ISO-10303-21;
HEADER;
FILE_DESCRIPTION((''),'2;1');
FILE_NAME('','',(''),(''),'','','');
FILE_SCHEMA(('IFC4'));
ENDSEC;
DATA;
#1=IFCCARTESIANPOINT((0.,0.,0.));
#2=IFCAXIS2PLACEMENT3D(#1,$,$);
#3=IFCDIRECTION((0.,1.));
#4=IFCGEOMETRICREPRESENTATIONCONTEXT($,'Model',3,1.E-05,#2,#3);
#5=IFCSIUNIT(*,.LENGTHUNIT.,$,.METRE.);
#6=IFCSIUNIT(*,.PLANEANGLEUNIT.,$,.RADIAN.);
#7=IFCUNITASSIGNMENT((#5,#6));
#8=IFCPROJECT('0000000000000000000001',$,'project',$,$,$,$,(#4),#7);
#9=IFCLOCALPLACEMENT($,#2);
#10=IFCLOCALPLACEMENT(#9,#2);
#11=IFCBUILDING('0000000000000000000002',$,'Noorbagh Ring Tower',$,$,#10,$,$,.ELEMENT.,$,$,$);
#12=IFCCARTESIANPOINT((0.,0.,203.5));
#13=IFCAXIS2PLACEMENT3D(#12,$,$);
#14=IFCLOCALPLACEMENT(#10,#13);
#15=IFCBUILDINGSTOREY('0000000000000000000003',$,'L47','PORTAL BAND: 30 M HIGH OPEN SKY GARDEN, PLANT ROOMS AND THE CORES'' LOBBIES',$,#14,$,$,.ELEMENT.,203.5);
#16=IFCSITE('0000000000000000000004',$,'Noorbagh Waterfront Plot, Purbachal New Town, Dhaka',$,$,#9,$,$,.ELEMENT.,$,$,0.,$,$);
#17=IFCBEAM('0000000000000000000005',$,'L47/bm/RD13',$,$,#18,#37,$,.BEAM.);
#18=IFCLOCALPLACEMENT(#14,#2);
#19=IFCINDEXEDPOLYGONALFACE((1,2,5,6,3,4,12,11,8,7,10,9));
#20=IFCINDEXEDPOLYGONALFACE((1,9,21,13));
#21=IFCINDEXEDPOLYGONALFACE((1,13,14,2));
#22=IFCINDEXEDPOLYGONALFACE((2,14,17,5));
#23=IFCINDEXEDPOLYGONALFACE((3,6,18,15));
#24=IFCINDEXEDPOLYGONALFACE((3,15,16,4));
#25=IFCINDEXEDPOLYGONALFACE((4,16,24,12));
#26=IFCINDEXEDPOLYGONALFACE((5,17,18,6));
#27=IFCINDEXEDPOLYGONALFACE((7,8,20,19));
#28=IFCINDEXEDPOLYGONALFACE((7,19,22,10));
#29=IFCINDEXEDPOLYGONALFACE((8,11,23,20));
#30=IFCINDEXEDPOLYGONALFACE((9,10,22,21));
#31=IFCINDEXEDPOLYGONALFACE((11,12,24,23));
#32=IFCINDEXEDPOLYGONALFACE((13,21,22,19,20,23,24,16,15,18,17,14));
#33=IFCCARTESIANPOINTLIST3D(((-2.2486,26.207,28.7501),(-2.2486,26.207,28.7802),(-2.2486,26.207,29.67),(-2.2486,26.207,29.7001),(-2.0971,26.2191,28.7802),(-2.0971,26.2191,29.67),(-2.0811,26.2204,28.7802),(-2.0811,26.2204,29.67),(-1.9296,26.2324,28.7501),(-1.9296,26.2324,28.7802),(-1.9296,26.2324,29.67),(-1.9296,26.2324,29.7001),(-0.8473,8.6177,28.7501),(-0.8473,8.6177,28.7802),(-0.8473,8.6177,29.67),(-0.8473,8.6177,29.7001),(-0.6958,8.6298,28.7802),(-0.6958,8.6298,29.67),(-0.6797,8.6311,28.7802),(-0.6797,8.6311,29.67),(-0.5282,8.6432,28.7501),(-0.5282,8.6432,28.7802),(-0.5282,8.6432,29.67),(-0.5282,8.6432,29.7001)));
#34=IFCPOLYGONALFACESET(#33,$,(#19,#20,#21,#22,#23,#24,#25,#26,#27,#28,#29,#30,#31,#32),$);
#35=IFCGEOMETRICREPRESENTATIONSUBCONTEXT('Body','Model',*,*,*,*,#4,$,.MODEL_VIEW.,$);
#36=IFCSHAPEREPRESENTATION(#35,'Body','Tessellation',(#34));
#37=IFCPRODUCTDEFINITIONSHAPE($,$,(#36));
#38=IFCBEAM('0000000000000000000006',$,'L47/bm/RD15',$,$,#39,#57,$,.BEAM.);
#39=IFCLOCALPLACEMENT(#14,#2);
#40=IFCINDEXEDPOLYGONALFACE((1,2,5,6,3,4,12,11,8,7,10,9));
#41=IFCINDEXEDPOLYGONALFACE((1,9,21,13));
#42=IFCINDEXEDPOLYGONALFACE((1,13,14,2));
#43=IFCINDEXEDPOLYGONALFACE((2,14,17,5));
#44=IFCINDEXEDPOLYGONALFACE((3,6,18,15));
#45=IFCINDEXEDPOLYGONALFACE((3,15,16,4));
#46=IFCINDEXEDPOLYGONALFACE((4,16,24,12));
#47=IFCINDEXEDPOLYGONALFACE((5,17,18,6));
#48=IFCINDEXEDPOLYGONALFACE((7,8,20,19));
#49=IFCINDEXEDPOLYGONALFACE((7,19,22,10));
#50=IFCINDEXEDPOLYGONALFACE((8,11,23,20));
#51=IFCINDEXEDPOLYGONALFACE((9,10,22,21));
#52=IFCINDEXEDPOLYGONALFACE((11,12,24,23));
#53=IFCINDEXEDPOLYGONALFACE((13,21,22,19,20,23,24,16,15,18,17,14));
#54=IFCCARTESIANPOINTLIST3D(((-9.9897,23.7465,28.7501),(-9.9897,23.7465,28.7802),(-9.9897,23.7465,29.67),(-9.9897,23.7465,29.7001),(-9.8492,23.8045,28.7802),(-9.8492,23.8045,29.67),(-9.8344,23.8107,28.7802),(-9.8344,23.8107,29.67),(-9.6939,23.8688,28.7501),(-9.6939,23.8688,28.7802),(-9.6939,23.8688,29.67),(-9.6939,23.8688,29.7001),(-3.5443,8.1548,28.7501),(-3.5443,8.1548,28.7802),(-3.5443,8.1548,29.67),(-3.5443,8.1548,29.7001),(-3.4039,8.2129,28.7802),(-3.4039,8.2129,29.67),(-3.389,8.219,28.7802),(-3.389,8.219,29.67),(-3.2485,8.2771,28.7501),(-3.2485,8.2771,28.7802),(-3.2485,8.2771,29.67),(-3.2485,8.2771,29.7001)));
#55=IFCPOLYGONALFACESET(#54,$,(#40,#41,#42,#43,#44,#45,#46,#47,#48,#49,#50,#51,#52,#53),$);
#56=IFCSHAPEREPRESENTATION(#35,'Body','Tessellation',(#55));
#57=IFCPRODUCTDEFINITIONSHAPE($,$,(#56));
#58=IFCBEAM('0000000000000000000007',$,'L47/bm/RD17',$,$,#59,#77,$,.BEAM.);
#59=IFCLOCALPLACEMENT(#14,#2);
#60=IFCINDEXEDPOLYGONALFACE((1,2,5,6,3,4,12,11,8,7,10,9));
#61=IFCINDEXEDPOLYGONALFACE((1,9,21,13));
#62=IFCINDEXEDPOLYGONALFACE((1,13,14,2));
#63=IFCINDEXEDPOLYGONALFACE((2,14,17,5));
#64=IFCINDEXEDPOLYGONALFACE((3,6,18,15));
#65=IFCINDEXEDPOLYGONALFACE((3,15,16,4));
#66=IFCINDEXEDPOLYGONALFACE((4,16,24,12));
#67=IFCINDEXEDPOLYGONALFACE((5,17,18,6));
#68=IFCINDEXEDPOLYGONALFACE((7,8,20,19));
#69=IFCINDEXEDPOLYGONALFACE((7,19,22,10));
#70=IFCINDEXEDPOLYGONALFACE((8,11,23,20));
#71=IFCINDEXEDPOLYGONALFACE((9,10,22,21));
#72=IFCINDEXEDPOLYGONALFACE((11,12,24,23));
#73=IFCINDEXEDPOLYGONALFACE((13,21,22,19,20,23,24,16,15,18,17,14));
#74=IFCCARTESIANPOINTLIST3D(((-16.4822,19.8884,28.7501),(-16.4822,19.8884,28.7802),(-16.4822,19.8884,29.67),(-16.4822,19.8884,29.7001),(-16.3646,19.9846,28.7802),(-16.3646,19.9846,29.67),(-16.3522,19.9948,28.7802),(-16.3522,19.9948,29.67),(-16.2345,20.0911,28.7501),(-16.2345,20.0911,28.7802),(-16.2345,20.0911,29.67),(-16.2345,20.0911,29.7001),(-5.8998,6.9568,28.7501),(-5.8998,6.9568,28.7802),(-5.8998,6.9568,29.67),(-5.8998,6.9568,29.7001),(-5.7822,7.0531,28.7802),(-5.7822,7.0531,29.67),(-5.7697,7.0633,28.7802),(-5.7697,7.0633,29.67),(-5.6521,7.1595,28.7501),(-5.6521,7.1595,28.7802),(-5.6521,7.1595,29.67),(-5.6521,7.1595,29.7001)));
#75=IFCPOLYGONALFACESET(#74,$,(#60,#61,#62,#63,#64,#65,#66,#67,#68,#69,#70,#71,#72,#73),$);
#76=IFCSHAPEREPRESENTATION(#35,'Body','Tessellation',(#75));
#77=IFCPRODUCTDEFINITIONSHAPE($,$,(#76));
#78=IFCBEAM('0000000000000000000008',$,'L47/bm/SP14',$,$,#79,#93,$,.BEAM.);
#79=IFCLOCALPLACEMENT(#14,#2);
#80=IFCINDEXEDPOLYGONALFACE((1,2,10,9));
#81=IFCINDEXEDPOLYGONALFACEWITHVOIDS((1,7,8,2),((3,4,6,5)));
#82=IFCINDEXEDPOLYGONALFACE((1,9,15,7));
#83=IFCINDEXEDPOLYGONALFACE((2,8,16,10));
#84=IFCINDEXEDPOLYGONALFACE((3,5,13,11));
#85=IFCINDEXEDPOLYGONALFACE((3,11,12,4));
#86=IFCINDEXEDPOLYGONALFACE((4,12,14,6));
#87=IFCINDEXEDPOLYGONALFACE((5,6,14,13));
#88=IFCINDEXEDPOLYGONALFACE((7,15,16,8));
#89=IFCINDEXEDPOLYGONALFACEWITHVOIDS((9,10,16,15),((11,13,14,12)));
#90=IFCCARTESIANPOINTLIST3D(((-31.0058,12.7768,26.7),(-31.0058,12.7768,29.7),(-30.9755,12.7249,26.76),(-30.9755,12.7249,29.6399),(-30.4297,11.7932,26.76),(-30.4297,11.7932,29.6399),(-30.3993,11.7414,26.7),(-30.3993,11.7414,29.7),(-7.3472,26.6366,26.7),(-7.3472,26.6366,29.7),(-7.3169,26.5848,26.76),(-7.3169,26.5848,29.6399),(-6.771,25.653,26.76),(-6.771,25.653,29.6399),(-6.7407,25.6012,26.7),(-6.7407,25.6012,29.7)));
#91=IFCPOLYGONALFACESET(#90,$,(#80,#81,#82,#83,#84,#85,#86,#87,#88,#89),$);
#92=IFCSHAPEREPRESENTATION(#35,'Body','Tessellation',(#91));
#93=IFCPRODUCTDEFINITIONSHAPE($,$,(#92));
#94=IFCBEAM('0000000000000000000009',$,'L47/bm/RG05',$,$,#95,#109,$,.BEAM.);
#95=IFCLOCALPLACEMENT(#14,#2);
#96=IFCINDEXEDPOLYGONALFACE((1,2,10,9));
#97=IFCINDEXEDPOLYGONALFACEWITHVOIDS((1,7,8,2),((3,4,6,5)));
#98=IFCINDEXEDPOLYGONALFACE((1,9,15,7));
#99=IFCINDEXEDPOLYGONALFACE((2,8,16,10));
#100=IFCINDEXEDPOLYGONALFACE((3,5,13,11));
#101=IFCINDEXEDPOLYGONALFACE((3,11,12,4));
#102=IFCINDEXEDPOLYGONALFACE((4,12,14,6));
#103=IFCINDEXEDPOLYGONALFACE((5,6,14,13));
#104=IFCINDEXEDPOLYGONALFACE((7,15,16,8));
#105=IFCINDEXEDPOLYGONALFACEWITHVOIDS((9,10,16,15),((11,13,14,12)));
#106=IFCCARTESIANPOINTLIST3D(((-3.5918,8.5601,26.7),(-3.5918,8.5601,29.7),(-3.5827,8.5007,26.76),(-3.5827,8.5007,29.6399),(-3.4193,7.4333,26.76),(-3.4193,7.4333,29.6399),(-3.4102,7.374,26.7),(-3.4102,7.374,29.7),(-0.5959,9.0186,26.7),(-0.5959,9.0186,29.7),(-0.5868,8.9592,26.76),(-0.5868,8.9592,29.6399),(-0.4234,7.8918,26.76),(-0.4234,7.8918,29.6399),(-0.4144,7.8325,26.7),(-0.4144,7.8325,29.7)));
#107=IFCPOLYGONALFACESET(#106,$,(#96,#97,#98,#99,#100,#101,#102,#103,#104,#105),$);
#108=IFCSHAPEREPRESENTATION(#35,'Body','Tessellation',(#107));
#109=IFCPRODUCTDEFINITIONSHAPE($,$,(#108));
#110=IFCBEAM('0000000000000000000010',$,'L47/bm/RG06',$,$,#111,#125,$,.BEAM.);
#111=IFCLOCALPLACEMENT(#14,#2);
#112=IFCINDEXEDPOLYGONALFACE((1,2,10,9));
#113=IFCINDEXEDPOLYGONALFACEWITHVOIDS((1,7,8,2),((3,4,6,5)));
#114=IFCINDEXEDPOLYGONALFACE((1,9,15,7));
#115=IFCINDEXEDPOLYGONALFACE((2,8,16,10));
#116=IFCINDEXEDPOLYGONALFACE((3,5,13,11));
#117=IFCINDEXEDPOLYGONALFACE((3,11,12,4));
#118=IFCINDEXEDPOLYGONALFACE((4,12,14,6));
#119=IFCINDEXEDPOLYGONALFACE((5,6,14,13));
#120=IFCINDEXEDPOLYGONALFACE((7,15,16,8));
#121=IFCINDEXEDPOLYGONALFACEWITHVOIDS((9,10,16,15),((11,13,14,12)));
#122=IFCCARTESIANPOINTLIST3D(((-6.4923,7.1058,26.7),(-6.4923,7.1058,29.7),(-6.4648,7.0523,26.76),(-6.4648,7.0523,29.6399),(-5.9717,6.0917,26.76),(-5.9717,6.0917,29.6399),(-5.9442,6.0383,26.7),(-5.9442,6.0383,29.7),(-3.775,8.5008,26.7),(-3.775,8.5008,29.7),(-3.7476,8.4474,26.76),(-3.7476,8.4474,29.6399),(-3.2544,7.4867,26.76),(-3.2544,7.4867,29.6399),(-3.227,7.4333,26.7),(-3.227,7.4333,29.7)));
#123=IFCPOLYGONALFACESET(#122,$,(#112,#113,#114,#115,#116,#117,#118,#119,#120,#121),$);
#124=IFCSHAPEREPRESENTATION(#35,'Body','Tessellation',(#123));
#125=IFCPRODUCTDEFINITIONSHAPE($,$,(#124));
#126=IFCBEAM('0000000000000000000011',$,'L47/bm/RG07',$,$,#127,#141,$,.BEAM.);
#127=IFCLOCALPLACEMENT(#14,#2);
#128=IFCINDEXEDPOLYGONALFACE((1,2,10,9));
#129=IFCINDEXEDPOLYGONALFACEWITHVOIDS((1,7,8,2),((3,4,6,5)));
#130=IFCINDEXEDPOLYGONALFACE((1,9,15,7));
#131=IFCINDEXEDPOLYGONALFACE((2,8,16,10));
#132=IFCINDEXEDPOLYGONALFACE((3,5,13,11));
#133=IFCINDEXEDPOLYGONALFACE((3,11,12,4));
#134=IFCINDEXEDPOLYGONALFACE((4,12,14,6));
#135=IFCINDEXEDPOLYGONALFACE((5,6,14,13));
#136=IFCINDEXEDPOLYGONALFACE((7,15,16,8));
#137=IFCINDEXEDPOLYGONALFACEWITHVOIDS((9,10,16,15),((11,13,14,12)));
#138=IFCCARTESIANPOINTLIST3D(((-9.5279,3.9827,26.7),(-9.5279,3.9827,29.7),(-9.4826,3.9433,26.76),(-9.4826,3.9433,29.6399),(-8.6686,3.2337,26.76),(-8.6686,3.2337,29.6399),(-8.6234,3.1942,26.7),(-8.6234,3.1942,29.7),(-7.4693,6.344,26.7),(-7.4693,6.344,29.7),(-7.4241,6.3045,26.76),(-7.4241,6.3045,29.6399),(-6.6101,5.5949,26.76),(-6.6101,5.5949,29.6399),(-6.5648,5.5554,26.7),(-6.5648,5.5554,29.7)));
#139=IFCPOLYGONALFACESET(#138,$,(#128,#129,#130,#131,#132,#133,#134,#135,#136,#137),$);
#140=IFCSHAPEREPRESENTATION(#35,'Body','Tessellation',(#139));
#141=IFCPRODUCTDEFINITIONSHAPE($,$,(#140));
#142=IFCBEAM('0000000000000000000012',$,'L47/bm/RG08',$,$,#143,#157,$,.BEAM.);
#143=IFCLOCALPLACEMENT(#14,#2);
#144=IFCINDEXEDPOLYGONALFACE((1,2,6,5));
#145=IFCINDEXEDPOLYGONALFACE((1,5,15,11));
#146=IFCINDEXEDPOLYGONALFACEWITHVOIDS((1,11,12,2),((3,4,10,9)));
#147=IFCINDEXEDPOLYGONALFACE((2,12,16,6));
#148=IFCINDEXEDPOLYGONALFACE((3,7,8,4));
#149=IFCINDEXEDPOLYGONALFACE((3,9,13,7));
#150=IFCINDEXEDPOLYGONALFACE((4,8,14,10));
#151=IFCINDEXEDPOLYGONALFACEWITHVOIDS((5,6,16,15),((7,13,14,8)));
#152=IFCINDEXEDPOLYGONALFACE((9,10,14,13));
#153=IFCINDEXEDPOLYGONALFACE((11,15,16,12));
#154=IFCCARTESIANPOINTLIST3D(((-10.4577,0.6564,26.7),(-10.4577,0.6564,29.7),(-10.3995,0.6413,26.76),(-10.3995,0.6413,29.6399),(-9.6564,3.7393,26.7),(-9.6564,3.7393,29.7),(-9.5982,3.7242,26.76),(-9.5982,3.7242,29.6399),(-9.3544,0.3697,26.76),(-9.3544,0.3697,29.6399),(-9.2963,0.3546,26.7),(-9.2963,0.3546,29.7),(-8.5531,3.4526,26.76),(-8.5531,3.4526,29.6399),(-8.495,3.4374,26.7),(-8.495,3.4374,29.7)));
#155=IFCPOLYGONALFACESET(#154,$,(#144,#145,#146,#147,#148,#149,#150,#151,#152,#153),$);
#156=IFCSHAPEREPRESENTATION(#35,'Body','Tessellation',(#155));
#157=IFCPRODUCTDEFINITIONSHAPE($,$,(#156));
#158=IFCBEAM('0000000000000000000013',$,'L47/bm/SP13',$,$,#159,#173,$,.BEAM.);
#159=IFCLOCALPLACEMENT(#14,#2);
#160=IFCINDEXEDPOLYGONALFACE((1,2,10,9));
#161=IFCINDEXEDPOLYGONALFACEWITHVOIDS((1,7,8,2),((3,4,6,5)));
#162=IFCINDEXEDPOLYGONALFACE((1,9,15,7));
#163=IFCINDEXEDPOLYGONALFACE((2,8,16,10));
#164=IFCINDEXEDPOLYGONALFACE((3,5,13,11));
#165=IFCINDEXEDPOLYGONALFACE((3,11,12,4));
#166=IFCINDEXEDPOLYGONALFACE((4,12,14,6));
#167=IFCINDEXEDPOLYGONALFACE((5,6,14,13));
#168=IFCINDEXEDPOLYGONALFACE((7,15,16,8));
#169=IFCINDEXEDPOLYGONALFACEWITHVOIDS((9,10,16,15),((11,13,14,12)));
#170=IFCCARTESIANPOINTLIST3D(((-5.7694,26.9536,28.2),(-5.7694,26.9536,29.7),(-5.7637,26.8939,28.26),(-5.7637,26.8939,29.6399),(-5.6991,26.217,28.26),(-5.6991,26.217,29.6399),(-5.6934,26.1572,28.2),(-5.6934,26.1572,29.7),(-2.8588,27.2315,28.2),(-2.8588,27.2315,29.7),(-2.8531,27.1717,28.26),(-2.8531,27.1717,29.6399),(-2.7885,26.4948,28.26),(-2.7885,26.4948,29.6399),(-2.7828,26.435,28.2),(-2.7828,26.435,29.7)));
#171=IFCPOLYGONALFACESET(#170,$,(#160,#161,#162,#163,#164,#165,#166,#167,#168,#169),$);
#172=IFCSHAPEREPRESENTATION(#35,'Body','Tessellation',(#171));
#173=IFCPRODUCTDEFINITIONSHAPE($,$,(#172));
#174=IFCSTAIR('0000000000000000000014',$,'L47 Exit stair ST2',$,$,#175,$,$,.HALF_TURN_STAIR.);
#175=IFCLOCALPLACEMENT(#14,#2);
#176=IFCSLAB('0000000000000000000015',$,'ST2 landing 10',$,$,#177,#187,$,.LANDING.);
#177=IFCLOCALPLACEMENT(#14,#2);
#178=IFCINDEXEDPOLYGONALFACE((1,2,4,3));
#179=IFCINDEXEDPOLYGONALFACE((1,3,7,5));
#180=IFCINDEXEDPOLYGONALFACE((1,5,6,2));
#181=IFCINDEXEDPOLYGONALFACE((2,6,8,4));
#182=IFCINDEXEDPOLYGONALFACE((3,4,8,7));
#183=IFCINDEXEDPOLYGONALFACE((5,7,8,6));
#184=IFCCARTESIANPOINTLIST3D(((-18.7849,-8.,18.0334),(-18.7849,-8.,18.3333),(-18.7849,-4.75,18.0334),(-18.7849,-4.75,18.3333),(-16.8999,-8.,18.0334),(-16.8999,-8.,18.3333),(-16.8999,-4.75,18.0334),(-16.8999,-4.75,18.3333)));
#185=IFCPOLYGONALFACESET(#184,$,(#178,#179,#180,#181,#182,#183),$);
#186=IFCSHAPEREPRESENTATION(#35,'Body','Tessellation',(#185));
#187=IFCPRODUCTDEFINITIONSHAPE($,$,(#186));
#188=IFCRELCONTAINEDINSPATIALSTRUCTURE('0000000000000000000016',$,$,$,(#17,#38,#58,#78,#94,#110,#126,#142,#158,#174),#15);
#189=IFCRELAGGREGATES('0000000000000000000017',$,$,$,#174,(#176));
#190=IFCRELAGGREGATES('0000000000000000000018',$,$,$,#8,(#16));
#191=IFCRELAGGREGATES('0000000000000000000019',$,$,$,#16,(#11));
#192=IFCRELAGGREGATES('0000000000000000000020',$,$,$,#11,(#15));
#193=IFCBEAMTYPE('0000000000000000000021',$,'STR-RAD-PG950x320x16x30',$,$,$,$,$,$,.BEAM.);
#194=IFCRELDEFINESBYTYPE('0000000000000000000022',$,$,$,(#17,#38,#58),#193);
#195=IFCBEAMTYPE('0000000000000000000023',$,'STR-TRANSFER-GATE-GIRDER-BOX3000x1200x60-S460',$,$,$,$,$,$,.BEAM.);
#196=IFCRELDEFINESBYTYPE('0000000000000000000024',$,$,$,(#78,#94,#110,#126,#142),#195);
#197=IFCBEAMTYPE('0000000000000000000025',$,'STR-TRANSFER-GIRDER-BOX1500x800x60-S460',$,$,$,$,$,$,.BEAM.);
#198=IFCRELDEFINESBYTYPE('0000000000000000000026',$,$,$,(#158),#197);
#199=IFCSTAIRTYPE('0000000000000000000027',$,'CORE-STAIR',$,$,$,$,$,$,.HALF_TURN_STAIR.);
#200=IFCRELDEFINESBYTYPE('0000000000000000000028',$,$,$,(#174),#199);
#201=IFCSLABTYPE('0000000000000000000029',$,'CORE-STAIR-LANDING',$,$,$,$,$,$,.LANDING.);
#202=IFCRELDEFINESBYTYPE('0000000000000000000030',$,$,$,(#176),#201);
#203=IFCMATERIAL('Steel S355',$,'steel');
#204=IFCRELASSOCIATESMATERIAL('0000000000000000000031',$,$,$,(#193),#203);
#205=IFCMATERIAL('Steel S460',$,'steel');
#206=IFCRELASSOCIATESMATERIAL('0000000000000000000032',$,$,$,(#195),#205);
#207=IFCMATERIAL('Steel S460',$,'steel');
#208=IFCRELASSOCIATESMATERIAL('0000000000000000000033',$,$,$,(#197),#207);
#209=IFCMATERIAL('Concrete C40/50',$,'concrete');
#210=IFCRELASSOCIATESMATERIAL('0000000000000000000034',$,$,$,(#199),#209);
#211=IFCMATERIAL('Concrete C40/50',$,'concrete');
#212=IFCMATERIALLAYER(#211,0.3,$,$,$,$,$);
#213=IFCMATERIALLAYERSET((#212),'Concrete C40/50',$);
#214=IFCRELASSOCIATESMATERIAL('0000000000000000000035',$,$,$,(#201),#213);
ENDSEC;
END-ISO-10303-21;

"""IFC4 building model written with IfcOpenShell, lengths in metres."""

from ifc_helpers import new_model, si_unit, direction, frame, origin, origin_2d, place, context, subcontext, project, spatial, polyline, hollow_rectangle, i_section, outline, extrude, material, layer, layer_set, material_profile, profile_set, type_object, element, aggregate, save


model = new_model("IFC4")

# Units and contexts
model_context = context("Model", 3, precision=1e-05, world=origin(), true_north=direction((0.0, 1.0)))
body_context = subcontext(model_context, "Body", "Model", "MODEL_VIEW")
ifc_project = project(units=[si_unit("LENGTHUNIT", "METRE"), si_unit("PLANEANGLEUNIT", "RADIAN")], contexts=[model_context])

# Site, building, storey
site_placement = place(None, origin())
site = spatial("IfcSite", under=ifc_project, at=site_placement, Name="Noorbagh Waterfront Plot, Purbachal New Town, Dhaka", CompositionType="ELEMENT", RefElevation=0.0)
building_placement = place(site_placement, origin())
building = spatial("IfcBuilding", under=site, at=building_placement, Name="Noorbagh Ring Tower", CompositionType="ELEMENT")
storey_placement = place(building_placement, frame((0.0, 0.0, 203.5)))
storey = spatial("IfcBuildingStorey", under=building, at=storey_placement, Name="L47", Description="PORTAL BAND: 30 M HIGH OPEN SKY GARDEN, PLANT ROOMS AND THE CORES' LOBBIES", CompositionType="ELEMENT", Elevation=203.5)

# Beams
ifc_material_1 = material(Name="Steel S355", Category="steel")
ifc_material_profile_1 = material_profile(ifc_material_1, i_section(OverallWidth=0.3201, OverallDepth=0.95, WebThickness=0.0161, FlangeThickness=0.03, at=origin_2d()), Name="PG950x320x16x30")
ifc_profile_set_1 = profile_set([ifc_material_profile_1], Name="Steel S355")
beam_type_1 = type_object("IfcBeamType", Name="STR-RAD-PG950x320x16x30", PredefinedType="BEAM", material=ifc_profile_set_1)
beam_1_placement = place(storey_placement, frame((-2.0891, 26.2197, 29.2251), z_axis=(0.07942, -0.996841, 0.0), x_axis=(0.996841, 0.07942, 0.0)))
element("IfcBeam", 1, at=beam_1_placement, inside=storey, type_object=beam_type_1, Name="L47/bm/RD13", PredefinedType="BEAM", context=body_context, shape_type="SweptSolid", body=[
    extrude(i_section(OverallWidth=0.3201, OverallDepth=0.95, WebThickness=0.0161, FlangeThickness=0.03, at=origin_2d()), origin(), (0.0, 0.0, 1.0), 17.645),
])
beam_2_placement = place(storey_placement, frame((-9.8418, 23.8076, 29.2251), z_axis=(0.38203, -0.92415, 0.0), x_axis=(0.92415, 0.38203, 0.0)))
element("IfcBeam", 2, at=beam_2_placement, inside=storey, type_object=beam_type_1, Name="L47/bm/RD15", PredefinedType="BEAM", context=body_context, shape_type="SweptSolid", body=[
    extrude(i_section(OverallWidth=0.3201, OverallDepth=0.95, WebThickness=0.0161, FlangeThickness=0.03, at=origin_2d()), origin(), (0.0, 0.0, 1.0), 16.8713),
])
beam_3_placement = place(storey_placement, frame((-16.3584, 19.9897, 29.2251), z_axis=(0.633313, -0.773896, 0.0), x_axis=(0.773896, 0.633313, 0.0)))
element("IfcBeam", 3, at=beam_3_placement, inside=storey, type_object=beam_type_1, Name="L47/bm/RD17", PredefinedType="BEAM", context=body_context, shape_type="SweptSolid", body=[
    extrude(i_section(OverallWidth=0.3201, OverallDepth=0.95, WebThickness=0.0161, FlangeThickness=0.03, at=origin_2d()), origin(), (0.0, 0.0, 1.0), 16.7097),
])
ifc_material_2 = material(Name="Steel S460", Category="steel")
ifc_material_profile_2 = material_profile(ifc_material_2, hollow_rectangle(XDim=1.2, YDim=3.0, WallThickness=0.0601, at=origin_2d()), Name="BOX3000x1200x60")
ifc_profile_set_2 = profile_set([ifc_material_profile_2], Name="Steel S460")
beam_type_2 = type_object("IfcBeamType", Name="STR-TRANSFER-GATE-GIRDER-BOX3000x1200x60-S460", PredefinedType="BEAM", material=ifc_profile_set_2)
beam_4_placement = place(storey_placement, frame((-7.0439, 26.1189, 28.2), z_axis=(-0.862842, -0.505475, 0.0), x_axis=(0.505475, -0.862842, 0.0)))
element("IfcBeam", 4, at=beam_4_placement, inside=storey, type_object=beam_type_2, Name="L47/bm/SP14", PredefinedType="BEAM", context=body_context, shape_type="SweptSolid", body=[
    extrude(hollow_rectangle(XDim=1.2, YDim=3.0, WallThickness=0.0601, at=origin_2d()), origin(), (0.0, 0.0, 1.0), 27.4194),
])
beam_5_placement = place(storey_placement, frame((-0.5051, 8.4255, 28.2), z_axis=(-0.988491, -0.151282, 0.0), x_axis=(0.151282, -0.988491, 0.0)))
element("IfcBeam", 5, at=beam_5_placement, inside=storey, type_object=beam_type_2, Name="L47/bm/RG05", PredefinedType="BEAM", context=body_context, shape_type="SweptSolid", body=[
    extrude(hollow_rectangle(XDim=1.2, YDim=3.0, WallThickness=0.0601, at=origin_2d()), origin(), (0.0, 0.0, 1.0), 3.0308),
])
beam_6_placement = place(storey_placement, frame((-3.501, 7.967, 28.2), z_axis=(-0.889613, -0.456716, 0.0), x_axis=(0.456716, -0.889613, 0.0)))
element("IfcBeam", 6, at=beam_6_placement, inside=storey, type_object=beam_type_2, Name="L47/bm/RG06", PredefinedType="BEAM", context=body_context, shape_type="SweptSolid", body=[
    extrude(hollow_rectangle(XDim=1.2, YDim=3.0, WallThickness=0.0601, at=origin_2d()), origin(), (0.0, 0.0, 1.0), 3.0544),
])
beam_7_placement = place(storey_placement, frame((-7.0171, 5.9497, 28.2), z_axis=(-0.657135, -0.753773, 0.0), x_axis=(0.753773, -0.657135, 0.0)))
element("IfcBeam", 7, at=beam_7_placement, inside=storey, type_object=beam_type_2, Name="L47/bm/RG07", PredefinedType="BEAM", context=body_context, shape_type="SweptSolid", body=[
    extrude(hollow_rectangle(XDim=1.2, YDim=3.0, WallThickness=0.0601, at=origin_2d()), origin(), (0.0, 0.0, 1.0), 3.1326),
])
beam_8_placement = place(storey_placement, frame((-9.0757, 3.5884, 28.2), z_axis=(-0.251561, -0.967842, 0.0), x_axis=(0.967842, -0.251561, 0.0)))
element("IfcBeam", 8, at=beam_8_placement, inside=storey, type_object=beam_type_2, Name="L47/bm/RG08", PredefinedType="BEAM", context=body_context, shape_type="SweptSolid", body=[
    extrude(hollow_rectangle(XDim=1.2, YDim=3.0, WallThickness=0.0601, at=origin_2d()), origin(), (0.0, 0.0, 1.0), 3.1853),
])
ifc_material_3 = material(Name="Steel S460", Category="steel")
ifc_material_profile_3 = material_profile(ifc_material_3, hollow_rectangle(XDim=0.8, YDim=1.5, WallThickness=0.0601, at=origin_2d()), Name="BOX1500x800x60")
ifc_profile_set_3 = profile_set([ifc_material_profile_3], Name="Steel S460")
beam_type_3 = type_object("IfcBeamType", Name="STR-TRANSFER-GIRDER-BOX1500x800x60-S460", PredefinedType="BEAM", material=ifc_profile_set_3)
beam_9_placement = place(storey_placement, frame((-2.8208, 26.8333, 28.95), z_axis=(-0.995475, -0.095022, 0.0), x_axis=(0.095022, -0.995475, 0.0)))
element("IfcBeam", 9, at=beam_9_placement, inside=storey, type_object=beam_type_3, Name="L47/bm/SP13", PredefinedType="BEAM", context=body_context, shape_type="SweptSolid", body=[
    extrude(hollow_rectangle(XDim=0.8, YDim=1.5, WallThickness=0.0601, at=origin_2d()), origin(), (0.0, 0.0, 1.0), 2.9238),
])

# Stair, slab
ifc_material_4 = material(Name="Concrete C40/50", Category="concrete")
stair_type = type_object("IfcStairType", Name="CORE-STAIR", PredefinedType="HALF_TURN_STAIR", material=ifc_material_4)
stair_1_placement = place(storey_placement, origin())
stair_1 = element("IfcStair", 10, at=stair_1_placement, inside=storey, type_object=stair_type, Name="L47 Exit stair ST2", PredefinedType="HALF_TURN_STAIR")
ifc_material_5 = material(Name="Concrete C40/50", Category="concrete")
ifc_layer = layer(ifc_material_5, 0.3)
ifc_layer_set = layer_set([ifc_layer], Name="Concrete C40/50")
slab_type = type_object("IfcSlabType", Name="CORE-STAIR-LANDING", PredefinedType="LANDING", material=ifc_layer_set)
slab_1_placement = place(storey_placement, frame((0.0, 0.0, 18.0334)))
slab_1 = element("IfcSlab", 11, at=slab_1_placement, type_object=slab_type, Name="ST2 landing 10", PredefinedType="LANDING", context=body_context, shape_type="SweptSolid", body=[
    extrude(outline(polyline([(-18.7849, -8.0), (-16.8999, -8.0), (-16.8999, -4.75), (-18.7849, -4.75), (-18.7849, -8.0)])), origin(), (0.0, 0.0, 1.0), 0.2998),
])
aggregate(stair_1, [slab_1])

save(model, "model.ifc")
